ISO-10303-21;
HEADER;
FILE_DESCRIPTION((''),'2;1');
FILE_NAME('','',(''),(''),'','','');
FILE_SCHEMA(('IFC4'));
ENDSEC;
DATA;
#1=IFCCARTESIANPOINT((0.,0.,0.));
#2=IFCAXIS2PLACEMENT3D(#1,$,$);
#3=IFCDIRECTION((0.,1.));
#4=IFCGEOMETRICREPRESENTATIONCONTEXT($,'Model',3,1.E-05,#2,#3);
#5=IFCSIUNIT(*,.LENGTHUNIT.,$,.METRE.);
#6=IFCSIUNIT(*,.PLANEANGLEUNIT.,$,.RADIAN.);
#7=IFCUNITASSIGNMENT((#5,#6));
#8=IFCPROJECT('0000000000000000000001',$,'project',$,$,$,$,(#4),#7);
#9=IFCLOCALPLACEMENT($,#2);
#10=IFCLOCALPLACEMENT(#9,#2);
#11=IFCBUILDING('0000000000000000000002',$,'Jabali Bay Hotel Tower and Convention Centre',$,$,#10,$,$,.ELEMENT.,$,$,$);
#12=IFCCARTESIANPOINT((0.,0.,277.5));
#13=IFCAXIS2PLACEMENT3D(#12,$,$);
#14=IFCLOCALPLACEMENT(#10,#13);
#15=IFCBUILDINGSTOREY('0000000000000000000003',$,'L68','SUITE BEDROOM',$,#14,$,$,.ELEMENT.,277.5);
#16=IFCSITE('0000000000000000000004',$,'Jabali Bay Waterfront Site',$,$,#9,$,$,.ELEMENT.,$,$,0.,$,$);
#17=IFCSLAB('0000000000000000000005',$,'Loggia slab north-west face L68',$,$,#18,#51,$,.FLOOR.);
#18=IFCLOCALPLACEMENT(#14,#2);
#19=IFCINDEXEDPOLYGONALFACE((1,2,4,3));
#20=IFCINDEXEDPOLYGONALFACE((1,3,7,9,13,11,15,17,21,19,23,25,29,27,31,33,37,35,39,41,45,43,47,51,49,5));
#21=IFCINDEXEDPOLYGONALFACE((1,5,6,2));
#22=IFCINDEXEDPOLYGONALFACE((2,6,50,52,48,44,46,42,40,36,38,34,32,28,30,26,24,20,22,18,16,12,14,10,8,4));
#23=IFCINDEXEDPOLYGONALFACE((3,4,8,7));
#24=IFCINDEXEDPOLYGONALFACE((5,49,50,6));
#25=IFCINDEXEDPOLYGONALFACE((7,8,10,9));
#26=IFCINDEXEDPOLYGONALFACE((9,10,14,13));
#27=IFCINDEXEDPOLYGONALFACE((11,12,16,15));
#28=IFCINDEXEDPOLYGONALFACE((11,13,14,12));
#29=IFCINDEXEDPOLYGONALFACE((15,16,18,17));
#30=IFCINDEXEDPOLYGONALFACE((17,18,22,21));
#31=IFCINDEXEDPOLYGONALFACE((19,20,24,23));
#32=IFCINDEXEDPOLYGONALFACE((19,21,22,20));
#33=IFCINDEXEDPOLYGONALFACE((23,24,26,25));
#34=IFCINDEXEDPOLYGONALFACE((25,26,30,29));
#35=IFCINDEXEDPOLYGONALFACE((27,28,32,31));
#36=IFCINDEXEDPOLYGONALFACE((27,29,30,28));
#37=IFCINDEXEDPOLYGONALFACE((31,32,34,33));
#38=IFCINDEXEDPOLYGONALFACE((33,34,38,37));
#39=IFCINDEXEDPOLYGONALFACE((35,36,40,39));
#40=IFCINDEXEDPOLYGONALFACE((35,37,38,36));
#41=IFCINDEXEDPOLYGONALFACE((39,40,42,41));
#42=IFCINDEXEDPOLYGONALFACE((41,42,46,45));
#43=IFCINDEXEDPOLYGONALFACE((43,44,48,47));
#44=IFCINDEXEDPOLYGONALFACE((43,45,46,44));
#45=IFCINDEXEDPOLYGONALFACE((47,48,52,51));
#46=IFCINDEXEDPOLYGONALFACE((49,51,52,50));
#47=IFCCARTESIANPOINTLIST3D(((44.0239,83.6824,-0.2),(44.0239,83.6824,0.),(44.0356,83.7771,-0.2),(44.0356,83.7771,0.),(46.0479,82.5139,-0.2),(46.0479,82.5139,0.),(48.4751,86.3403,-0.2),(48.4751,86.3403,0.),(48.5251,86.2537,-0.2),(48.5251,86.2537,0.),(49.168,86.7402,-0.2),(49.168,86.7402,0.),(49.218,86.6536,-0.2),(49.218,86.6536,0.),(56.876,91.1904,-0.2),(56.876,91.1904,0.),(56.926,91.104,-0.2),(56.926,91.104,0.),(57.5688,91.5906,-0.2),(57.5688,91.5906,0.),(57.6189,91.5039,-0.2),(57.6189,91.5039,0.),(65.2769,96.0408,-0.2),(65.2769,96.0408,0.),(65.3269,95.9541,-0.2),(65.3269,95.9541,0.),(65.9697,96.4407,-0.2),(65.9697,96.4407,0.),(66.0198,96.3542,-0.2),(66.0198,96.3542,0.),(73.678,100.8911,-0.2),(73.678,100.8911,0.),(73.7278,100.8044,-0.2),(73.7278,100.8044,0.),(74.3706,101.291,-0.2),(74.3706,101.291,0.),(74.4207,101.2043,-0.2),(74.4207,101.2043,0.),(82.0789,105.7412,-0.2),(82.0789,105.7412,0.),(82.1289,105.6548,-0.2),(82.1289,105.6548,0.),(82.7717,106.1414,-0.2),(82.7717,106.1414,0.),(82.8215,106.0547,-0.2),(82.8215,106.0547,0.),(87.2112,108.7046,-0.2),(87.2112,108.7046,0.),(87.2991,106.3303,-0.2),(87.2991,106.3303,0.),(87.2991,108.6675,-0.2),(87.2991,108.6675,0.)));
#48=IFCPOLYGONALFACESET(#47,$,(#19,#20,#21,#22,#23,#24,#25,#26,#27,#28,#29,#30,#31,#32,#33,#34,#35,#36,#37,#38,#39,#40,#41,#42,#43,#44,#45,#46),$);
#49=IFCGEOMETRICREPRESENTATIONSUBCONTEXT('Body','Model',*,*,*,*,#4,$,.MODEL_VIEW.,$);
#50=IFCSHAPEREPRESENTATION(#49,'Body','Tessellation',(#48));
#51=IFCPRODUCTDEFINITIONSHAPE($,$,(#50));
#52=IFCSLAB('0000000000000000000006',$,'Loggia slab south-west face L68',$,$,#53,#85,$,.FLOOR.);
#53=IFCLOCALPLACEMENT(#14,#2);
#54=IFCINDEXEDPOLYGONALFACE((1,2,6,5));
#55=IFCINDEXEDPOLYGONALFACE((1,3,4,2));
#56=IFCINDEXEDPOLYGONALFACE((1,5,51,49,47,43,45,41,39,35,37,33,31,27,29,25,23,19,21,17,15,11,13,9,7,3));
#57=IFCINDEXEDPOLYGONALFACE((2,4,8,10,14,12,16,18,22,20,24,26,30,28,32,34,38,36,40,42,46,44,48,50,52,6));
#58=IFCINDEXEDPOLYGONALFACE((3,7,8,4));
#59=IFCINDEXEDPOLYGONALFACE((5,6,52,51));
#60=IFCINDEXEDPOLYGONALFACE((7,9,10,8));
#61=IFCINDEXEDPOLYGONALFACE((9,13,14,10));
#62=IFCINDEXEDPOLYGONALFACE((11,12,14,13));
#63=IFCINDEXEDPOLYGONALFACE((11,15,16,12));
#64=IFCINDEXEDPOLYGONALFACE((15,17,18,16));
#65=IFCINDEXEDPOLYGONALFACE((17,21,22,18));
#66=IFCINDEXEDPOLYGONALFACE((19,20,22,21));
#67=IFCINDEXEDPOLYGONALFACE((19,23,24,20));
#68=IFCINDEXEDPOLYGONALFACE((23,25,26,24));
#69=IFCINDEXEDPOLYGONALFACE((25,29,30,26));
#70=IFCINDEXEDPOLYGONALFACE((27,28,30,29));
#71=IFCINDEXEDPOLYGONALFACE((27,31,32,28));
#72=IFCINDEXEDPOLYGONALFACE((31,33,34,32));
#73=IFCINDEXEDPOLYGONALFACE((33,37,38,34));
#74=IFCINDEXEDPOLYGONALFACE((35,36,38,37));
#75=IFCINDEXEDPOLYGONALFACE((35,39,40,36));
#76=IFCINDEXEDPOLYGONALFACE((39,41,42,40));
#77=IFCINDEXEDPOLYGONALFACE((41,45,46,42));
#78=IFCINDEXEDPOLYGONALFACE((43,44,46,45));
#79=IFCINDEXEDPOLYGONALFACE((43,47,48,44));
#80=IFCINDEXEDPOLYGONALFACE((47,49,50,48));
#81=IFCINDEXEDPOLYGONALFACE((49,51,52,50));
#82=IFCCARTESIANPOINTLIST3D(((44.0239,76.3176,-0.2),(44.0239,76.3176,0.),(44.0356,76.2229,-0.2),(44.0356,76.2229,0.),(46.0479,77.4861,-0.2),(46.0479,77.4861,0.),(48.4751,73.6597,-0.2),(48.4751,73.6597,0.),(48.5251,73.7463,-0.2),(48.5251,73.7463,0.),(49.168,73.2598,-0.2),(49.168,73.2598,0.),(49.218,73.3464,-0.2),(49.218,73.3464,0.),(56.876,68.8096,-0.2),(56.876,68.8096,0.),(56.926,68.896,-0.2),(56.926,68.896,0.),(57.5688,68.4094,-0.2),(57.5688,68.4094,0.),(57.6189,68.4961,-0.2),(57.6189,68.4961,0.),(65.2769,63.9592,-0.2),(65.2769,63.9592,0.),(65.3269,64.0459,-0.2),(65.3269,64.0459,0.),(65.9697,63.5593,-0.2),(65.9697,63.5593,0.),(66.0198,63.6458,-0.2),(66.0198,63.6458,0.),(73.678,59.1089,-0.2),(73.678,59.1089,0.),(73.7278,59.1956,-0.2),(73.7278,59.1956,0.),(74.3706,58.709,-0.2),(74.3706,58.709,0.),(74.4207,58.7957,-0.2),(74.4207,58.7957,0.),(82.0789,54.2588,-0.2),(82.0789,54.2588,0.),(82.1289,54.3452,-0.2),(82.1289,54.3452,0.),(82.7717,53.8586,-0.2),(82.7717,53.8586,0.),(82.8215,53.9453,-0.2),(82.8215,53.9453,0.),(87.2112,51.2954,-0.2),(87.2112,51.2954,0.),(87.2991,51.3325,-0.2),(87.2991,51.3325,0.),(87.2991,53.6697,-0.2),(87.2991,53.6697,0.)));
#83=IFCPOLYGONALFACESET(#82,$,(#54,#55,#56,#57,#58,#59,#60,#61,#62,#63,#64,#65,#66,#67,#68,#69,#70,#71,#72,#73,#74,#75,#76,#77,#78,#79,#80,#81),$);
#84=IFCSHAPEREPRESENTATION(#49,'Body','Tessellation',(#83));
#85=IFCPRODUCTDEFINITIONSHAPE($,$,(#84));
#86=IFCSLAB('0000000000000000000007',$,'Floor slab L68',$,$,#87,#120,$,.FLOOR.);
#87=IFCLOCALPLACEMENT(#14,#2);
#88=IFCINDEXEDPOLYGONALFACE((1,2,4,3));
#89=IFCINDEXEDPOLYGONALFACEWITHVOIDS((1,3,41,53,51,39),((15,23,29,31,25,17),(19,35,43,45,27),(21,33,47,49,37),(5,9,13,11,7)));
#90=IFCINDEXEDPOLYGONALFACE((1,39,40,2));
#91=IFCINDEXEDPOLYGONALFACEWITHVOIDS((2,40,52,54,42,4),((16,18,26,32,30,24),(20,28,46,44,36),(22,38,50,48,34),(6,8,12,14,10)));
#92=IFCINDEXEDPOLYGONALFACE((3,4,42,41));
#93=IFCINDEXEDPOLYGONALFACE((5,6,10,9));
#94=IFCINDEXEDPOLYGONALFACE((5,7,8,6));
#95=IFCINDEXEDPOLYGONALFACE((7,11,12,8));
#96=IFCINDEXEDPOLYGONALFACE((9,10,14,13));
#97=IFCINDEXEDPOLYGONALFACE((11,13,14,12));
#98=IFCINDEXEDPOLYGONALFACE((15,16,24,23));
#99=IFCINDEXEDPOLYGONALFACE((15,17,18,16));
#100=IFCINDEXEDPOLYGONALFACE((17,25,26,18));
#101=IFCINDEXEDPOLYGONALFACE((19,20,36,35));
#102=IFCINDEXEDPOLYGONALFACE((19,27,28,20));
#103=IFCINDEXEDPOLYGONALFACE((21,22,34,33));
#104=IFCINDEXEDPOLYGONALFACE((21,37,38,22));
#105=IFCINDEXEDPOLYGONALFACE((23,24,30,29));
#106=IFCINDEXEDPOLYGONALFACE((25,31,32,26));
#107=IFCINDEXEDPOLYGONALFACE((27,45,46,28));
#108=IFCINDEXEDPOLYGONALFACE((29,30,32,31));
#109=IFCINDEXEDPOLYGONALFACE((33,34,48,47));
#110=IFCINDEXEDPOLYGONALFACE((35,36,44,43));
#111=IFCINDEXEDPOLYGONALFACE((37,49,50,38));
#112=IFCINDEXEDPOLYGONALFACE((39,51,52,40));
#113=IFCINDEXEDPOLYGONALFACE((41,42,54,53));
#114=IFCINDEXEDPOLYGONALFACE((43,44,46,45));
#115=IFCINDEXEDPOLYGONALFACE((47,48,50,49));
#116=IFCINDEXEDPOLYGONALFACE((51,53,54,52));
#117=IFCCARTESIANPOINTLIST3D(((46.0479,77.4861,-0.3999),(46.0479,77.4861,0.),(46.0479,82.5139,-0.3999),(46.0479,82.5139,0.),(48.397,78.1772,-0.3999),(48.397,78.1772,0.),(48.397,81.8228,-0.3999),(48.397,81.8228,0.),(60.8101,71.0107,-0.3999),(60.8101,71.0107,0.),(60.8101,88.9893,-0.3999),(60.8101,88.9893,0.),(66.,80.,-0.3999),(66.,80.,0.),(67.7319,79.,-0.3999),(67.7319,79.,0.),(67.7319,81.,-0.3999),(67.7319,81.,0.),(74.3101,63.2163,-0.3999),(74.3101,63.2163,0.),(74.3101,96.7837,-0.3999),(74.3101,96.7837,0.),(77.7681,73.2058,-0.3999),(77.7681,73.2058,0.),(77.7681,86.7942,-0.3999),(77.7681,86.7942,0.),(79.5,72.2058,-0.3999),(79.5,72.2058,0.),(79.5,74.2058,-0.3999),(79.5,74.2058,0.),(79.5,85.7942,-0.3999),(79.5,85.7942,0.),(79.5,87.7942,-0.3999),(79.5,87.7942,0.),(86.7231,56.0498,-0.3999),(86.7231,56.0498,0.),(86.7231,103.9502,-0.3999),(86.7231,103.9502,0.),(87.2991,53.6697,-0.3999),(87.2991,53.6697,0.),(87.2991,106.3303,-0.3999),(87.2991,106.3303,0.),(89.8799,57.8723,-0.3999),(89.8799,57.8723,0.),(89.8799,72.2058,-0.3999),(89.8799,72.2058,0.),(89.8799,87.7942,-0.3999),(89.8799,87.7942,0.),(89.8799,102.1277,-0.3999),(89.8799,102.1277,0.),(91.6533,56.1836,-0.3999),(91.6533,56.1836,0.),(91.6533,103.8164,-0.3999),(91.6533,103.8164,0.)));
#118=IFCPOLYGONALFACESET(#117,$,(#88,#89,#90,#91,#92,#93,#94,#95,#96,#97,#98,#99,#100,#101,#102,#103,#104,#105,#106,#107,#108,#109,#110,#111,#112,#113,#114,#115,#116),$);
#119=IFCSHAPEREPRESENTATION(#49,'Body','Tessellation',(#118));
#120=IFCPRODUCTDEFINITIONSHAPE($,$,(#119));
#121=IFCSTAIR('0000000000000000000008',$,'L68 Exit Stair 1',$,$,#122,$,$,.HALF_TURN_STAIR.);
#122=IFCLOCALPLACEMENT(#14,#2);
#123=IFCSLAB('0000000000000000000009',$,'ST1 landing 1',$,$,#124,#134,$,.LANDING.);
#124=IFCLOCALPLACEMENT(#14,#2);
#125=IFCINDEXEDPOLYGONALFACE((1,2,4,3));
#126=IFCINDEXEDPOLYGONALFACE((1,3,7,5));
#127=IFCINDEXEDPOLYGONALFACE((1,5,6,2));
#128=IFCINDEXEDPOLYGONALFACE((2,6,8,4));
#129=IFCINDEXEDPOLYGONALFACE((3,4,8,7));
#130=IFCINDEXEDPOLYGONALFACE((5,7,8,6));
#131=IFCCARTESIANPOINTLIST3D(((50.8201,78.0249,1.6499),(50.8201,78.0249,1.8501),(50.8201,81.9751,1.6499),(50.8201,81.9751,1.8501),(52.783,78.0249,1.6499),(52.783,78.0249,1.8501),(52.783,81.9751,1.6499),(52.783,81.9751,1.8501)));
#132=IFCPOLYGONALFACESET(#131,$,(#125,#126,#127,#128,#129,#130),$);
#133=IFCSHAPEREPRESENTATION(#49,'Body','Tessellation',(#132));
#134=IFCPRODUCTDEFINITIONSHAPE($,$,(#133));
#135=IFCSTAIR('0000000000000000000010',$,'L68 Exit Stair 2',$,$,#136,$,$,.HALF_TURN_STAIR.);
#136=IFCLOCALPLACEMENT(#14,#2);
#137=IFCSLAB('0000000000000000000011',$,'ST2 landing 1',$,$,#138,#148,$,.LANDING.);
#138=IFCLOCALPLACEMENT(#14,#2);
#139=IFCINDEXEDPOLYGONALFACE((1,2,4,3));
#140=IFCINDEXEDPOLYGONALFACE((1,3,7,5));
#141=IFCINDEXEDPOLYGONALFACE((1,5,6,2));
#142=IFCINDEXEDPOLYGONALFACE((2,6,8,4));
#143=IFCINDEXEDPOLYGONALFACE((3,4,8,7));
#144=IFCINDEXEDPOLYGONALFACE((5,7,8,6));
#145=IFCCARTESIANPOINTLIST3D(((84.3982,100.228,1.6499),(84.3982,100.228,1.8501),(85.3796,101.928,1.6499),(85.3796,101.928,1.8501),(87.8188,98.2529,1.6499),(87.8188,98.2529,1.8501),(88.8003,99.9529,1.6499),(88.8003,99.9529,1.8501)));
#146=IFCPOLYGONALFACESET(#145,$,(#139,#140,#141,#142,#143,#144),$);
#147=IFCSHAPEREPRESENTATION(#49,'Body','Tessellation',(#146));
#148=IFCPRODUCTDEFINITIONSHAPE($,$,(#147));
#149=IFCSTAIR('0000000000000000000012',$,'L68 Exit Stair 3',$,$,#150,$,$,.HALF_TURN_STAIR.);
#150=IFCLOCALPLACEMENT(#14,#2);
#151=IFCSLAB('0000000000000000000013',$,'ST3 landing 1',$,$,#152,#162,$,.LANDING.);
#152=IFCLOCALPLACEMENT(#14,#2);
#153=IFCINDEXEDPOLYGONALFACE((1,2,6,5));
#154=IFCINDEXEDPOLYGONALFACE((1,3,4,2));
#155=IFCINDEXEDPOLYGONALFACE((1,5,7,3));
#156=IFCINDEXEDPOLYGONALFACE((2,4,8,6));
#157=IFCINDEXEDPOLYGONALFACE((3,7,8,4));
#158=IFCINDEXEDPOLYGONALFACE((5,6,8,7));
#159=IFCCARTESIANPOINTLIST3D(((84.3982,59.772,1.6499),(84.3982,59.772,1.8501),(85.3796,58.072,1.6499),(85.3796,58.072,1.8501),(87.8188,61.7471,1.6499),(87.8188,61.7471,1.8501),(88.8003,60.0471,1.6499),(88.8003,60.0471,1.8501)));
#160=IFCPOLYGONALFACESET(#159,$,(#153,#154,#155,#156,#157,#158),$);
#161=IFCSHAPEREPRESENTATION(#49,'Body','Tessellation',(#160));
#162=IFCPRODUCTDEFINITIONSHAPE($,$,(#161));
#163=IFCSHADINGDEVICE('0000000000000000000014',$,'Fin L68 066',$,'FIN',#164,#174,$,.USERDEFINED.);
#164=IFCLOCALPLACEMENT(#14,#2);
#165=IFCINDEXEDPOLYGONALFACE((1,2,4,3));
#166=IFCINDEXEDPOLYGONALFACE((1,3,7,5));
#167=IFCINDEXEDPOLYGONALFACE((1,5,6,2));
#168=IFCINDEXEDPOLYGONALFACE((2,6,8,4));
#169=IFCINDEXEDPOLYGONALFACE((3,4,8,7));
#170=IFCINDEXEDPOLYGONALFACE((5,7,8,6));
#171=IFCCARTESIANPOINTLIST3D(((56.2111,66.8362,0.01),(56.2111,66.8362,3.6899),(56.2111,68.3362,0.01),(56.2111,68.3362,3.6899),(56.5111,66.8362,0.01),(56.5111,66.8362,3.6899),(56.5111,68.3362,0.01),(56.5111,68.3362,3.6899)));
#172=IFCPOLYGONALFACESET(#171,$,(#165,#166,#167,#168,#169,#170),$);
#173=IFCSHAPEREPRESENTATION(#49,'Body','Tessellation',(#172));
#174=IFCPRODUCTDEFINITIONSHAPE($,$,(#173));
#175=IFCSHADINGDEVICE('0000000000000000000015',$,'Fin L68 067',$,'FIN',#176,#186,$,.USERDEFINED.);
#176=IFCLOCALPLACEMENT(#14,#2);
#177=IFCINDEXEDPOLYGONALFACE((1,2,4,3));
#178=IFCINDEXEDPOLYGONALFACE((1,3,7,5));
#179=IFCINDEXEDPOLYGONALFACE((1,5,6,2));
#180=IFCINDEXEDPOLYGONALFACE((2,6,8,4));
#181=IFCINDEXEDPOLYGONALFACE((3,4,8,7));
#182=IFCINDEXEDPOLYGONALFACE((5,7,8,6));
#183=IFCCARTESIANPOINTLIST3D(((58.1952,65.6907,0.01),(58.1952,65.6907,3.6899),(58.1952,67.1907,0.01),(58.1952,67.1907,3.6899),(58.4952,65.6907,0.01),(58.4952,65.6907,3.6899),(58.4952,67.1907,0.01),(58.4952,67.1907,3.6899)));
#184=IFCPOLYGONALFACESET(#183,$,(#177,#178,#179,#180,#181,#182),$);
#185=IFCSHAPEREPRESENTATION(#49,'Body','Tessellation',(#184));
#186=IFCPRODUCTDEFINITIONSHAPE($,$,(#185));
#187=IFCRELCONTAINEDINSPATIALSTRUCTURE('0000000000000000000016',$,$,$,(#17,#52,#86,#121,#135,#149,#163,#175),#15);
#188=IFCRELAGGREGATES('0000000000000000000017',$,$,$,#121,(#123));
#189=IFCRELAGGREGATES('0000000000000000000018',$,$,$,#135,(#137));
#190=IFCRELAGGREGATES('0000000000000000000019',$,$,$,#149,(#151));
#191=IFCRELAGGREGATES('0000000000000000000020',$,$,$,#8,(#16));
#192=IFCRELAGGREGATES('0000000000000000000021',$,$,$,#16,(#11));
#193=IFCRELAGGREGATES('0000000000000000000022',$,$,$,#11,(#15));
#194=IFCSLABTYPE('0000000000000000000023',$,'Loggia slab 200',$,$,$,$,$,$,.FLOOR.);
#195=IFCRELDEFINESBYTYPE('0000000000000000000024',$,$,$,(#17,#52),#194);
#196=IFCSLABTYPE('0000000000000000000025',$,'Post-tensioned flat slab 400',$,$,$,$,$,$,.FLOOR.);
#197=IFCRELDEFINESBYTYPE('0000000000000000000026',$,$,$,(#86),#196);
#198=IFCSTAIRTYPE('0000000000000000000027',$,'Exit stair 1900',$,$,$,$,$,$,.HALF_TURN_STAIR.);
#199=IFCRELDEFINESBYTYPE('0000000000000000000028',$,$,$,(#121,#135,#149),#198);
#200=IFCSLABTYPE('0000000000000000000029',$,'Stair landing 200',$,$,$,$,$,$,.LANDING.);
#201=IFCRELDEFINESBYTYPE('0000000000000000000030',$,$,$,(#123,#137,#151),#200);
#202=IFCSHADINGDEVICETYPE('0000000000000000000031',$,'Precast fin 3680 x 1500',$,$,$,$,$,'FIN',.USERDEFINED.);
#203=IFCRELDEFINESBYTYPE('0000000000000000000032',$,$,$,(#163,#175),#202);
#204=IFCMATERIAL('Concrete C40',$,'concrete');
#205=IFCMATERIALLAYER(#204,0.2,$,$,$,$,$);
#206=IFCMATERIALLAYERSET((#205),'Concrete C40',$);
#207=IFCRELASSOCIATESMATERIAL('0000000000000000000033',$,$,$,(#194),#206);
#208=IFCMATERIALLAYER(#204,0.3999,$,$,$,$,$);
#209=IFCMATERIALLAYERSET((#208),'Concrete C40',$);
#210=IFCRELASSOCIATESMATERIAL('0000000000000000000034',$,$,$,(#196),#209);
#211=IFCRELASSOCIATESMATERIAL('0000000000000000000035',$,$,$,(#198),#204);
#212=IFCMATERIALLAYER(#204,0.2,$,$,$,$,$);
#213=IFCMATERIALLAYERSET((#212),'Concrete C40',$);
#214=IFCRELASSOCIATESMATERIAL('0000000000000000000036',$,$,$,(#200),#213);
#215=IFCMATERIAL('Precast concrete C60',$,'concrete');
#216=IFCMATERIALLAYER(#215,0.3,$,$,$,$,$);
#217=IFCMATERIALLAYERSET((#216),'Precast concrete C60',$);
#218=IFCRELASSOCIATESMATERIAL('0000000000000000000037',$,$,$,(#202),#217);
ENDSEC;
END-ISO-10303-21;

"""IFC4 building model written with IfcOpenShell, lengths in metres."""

from ifc_helpers import new_model, si_unit, direction, frame, frame_2d, origin, place, context, subcontext, project, spatial, polyline, rectangle, outline, extrude, material, layer, layer_set, type_object, element, aggregate, save


model = new_model("IFC4")

# Units and contexts
model_context = context("Model", 3, precision=1e-05, world=origin(), true_north=direction((0.0, 1.0)))
body_context = subcontext(model_context, "Body", "Model", "MODEL_VIEW")
ifc_project = project(units=[si_unit("LENGTHUNIT", "METRE"), si_unit("PLANEANGLEUNIT", "RADIAN")], contexts=[model_context])

# Site, building, storey
site_placement = place(None, origin())
site = spatial("IfcSite", under=ifc_project, at=site_placement, Name="Jabali Bay Waterfront Site", CompositionType="ELEMENT", RefElevation=0.0)
building_placement = place(site_placement, origin())
building = spatial("IfcBuilding", under=site, at=building_placement, Name="Jabali Bay Hotel Tower and Convention Centre", CompositionType="ELEMENT")
storey_placement = place(building_placement, frame((0.0, 0.0, 277.5)))
storey = spatial("IfcBuildingStorey", under=building, at=storey_placement, Name="L68", Description="SUITE BEDROOM", CompositionType="ELEMENT", Elevation=277.5)

# Slabs
ifc_material_1 = material(Name="Concrete C40", Category="concrete")
ifc_layer_1 = layer(ifc_material_1, 0.2)
ifc_layer_set_1 = layer_set([ifc_layer_1], Name="Concrete C40")
slab_type_1 = type_object("IfcSlabType", Name="Loggia slab 200", PredefinedType="FLOOR", material=ifc_layer_set_1)
slab_1_placement = place(storey_placement, frame((0.0, 0.0, -0.2)))
element("IfcSlab", 1, at=slab_1_placement, inside=storey, type_object=slab_type_1, Name="Loggia slab north-west face L68", PredefinedType="FLOOR", context=body_context, shape_type="SweptSolid", body=[
    extrude(outline(polyline([(46.0479, 82.5139), (44.0239, 83.6824), (44.0356, 83.7771), (48.4751, 86.3403), (48.5251, 86.2537), (49.218, 86.6536), (49.168, 86.7402), (56.876, 91.1904), (56.926, 91.104), (57.6189, 91.5039), (57.5688, 91.5906), (65.2769, 96.0408), (65.3269, 95.9541), (66.0198, 96.3542), (65.9697, 96.4407), (73.678, 100.8911), (73.7278, 100.8044), (74.4207, 101.2043), (74.3706, 101.291), (82.0789, 105.7412), (82.1289, 105.6548), (82.8215, 106.0547), (82.7717, 106.1414), (87.2112, 108.7046), (87.2991, 108.6675), (87.2991, 106.3303), (46.0479, 82.5139)])), origin(), (0.0, 0.0, 1.0), 0.2),
])
slab_2_placement = place(storey_placement, frame((0.0, 0.0, -0.2)))
element("IfcSlab", 2, at=slab_2_placement, inside=storey, type_object=slab_type_1, Name="Loggia slab south-west face L68", PredefinedType="FLOOR", context=body_context, shape_type="SweptSolid", body=[
    extrude(outline(polyline([(87.2991, 53.6697), (87.2991, 51.3325), (87.2112, 51.2954), (82.7717, 53.8586), (82.8215, 53.9453), (82.1289, 54.3452), (82.0789, 54.2588), (74.3706, 58.709), (74.4207, 58.7957), (73.7278, 59.1956), (73.678, 59.1089), (65.9697, 63.5593), (66.0198, 63.6458), (65.3269, 64.0459), (65.2769, 63.9592), (57.5688, 68.4094), (57.6189, 68.4961), (56.926, 68.896), (56.876, 68.8096), (49.168, 73.2598), (49.218, 73.3464), (48.5251, 73.7463), (48.4751, 73.6597), (44.0356, 76.2229), (44.0239, 76.3176), (46.0479, 77.4861), (87.2991, 53.6697)])), origin(), (0.0, 0.0, 1.0), 0.2),
])
ifc_layer_2 = layer(ifc_material_1, 0.3999)
ifc_layer_set_2 = layer_set([ifc_layer_2], Name="Concrete C40")
slab_type_2 = type_object("IfcSlabType", Name="Post-tensioned flat slab 400", PredefinedType="FLOOR", material=ifc_layer_set_2)
slab_3_placement = place(storey_placement, frame((0.0, 0.0, -0.3999)))
element("IfcSlab", 3, at=slab_3_placement, inside=storey, type_object=slab_type_2, Name="Floor slab L68", PredefinedType="FLOOR", context=body_context, shape_type="SweptSolid", body=[
    extrude(outline(polyline([(87.2991, 106.3303), (91.6533, 103.8164), (91.6533, 56.1836), (87.2991, 53.6697), (46.0479, 77.4861), (46.0479, 82.5139), (87.2991, 106.3303)]), holes=[polyline([(67.7319, 79.0), (77.7681, 73.2058), (79.5, 74.2058), (79.5, 85.7942), (77.7681, 86.7942), (67.7319, 81.0), (67.7319, 79.0)]), polyline([(48.397, 78.1772), (60.8101, 71.0107), (66.0, 80.0), (60.8101, 88.9893), (48.397, 81.8228), (48.397, 78.1772)]), polyline([(89.8799, 102.1277), (86.7231, 103.9502), (74.3101, 96.7837), (79.5, 87.7942), (89.8799, 87.7942), (89.8799, 102.1277)]), polyline([(74.3101, 63.2163), (86.7231, 56.0498), (89.8799, 57.8723), (89.8799, 72.2058), (79.5, 72.2058), (74.3101, 63.2163)])]), origin(), (0.0, 0.0, 1.0), 0.3999),
])

# Stairs, slabs
stair_type = type_object("IfcStairType", Name="Exit stair 1900", PredefinedType="HALF_TURN_STAIR", material=ifc_material_1)
stair_1_placement = place(storey_placement, origin())
stair_1 = element("IfcStair", 4, at=stair_1_placement, inside=storey, type_object=stair_type, Name="L68 Exit Stair 1", PredefinedType="HALF_TURN_STAIR")
ifc_layer_3 = layer(ifc_material_1, 0.2)
ifc_layer_set_3 = layer_set([ifc_layer_3], Name="Concrete C40")
slab_type_3 = type_object("IfcSlabType", Name="Stair landing 200", PredefinedType="LANDING", material=ifc_layer_set_3)
slab_4_placement = place(storey_placement, frame((0.0, 0.0, 1.6499)))
slab_4 = element("IfcSlab", 5, at=slab_4_placement, type_object=slab_type_3, Name="ST1 landing 1", PredefinedType="LANDING", context=body_context, shape_type="SweptSolid", body=[
    extrude(outline(polyline([(52.783, 81.9751), (50.8201, 81.9751), (50.8201, 78.0249), (52.783, 78.0249), (52.783, 81.9751)])), origin(), (0.0, 0.0, 1.0), 0.2002),
])
aggregate(stair_1, [slab_4])
stair_2_placement = place(storey_placement, origin())
stair_2 = element("IfcStair", 6, at=stair_2_placement, inside=storey, type_object=stair_type, Name="L68 Exit Stair 2", PredefinedType="HALF_TURN_STAIR")
slab_5_placement = place(storey_placement, frame((0.0, 0.0, 1.6499)))
slab_5 = element("IfcSlab", 7, at=slab_5_placement, type_object=slab_type_3, Name="ST2 landing 1", PredefinedType="LANDING", context=body_context, shape_type="SweptSolid", body=[
    extrude(outline(polyline([(87.8188, 98.2529), (88.8003, 99.9529), (85.3796, 101.928), (84.3982, 100.228), (87.8188, 98.2529)])), origin(), (0.0, 0.0, 1.0), 0.2002),
])
aggregate(stair_2, [slab_5])
stair_3_placement = place(storey_placement, origin())
stair_3 = element("IfcStair", 8, at=stair_3_placement, inside=storey, type_object=stair_type, Name="L68 Exit Stair 3", PredefinedType="HALF_TURN_STAIR")
slab_6_placement = place(storey_placement, frame((0.0, 0.0, 1.6499)))
slab_6 = element("IfcSlab", 9, at=slab_6_placement, type_object=slab_type_3, Name="ST3 landing 1", PredefinedType="LANDING", context=body_context, shape_type="SweptSolid", body=[
    extrude(outline(polyline([(84.3982, 59.772), (85.3796, 58.072), (88.8003, 60.0471), (87.8188, 61.7471), (84.3982, 59.772)])), origin(), (0.0, 0.0, 1.0), 0.2002),
])
aggregate(stair_3, [slab_6])

# Shading devices
ifc_material_2 = material(Name="Precast concrete C60", Category="concrete")
ifc_layer_4 = layer(ifc_material_2, 0.3)
ifc_layer_set_4 = layer_set([ifc_layer_4], Name="Precast concrete C60")
shading_device_type = type_object("IfcShadingDeviceType", Name="Precast fin 3680 x 1500", ElementType="FIN", PredefinedType="USERDEFINED", material=ifc_layer_set_4)
for number, where, z_axis, x_axis, name in (
    (10, (56.3611, 68.3362, 0.01), (0.0, 0.0, 1.0), (0.0, -1.0, 0.0), "Fin L68 066"),
    (11, (58.3452, 67.1907, 0.01), (0.0, 0.0, 1.0), (0.0, -1.0, 0.0), "Fin L68 067"),
):
    element("IfcShadingDevice", number, at=place(storey_placement, frame(where, z_axis=z_axis, x_axis=x_axis)), inside=storey, type_object=shading_device_type, Name=name, ObjectType="FIN", PredefinedType="USERDEFINED", context=body_context, shape_type="SweptSolid", body=[
        extrude(rectangle(XDim=1.5, YDim=0.3, at=frame_2d((0.75, 0.0))), origin(), (0.0, 0.0, 1.0), 3.6799),
    ])

save(model, "model.ifc")
